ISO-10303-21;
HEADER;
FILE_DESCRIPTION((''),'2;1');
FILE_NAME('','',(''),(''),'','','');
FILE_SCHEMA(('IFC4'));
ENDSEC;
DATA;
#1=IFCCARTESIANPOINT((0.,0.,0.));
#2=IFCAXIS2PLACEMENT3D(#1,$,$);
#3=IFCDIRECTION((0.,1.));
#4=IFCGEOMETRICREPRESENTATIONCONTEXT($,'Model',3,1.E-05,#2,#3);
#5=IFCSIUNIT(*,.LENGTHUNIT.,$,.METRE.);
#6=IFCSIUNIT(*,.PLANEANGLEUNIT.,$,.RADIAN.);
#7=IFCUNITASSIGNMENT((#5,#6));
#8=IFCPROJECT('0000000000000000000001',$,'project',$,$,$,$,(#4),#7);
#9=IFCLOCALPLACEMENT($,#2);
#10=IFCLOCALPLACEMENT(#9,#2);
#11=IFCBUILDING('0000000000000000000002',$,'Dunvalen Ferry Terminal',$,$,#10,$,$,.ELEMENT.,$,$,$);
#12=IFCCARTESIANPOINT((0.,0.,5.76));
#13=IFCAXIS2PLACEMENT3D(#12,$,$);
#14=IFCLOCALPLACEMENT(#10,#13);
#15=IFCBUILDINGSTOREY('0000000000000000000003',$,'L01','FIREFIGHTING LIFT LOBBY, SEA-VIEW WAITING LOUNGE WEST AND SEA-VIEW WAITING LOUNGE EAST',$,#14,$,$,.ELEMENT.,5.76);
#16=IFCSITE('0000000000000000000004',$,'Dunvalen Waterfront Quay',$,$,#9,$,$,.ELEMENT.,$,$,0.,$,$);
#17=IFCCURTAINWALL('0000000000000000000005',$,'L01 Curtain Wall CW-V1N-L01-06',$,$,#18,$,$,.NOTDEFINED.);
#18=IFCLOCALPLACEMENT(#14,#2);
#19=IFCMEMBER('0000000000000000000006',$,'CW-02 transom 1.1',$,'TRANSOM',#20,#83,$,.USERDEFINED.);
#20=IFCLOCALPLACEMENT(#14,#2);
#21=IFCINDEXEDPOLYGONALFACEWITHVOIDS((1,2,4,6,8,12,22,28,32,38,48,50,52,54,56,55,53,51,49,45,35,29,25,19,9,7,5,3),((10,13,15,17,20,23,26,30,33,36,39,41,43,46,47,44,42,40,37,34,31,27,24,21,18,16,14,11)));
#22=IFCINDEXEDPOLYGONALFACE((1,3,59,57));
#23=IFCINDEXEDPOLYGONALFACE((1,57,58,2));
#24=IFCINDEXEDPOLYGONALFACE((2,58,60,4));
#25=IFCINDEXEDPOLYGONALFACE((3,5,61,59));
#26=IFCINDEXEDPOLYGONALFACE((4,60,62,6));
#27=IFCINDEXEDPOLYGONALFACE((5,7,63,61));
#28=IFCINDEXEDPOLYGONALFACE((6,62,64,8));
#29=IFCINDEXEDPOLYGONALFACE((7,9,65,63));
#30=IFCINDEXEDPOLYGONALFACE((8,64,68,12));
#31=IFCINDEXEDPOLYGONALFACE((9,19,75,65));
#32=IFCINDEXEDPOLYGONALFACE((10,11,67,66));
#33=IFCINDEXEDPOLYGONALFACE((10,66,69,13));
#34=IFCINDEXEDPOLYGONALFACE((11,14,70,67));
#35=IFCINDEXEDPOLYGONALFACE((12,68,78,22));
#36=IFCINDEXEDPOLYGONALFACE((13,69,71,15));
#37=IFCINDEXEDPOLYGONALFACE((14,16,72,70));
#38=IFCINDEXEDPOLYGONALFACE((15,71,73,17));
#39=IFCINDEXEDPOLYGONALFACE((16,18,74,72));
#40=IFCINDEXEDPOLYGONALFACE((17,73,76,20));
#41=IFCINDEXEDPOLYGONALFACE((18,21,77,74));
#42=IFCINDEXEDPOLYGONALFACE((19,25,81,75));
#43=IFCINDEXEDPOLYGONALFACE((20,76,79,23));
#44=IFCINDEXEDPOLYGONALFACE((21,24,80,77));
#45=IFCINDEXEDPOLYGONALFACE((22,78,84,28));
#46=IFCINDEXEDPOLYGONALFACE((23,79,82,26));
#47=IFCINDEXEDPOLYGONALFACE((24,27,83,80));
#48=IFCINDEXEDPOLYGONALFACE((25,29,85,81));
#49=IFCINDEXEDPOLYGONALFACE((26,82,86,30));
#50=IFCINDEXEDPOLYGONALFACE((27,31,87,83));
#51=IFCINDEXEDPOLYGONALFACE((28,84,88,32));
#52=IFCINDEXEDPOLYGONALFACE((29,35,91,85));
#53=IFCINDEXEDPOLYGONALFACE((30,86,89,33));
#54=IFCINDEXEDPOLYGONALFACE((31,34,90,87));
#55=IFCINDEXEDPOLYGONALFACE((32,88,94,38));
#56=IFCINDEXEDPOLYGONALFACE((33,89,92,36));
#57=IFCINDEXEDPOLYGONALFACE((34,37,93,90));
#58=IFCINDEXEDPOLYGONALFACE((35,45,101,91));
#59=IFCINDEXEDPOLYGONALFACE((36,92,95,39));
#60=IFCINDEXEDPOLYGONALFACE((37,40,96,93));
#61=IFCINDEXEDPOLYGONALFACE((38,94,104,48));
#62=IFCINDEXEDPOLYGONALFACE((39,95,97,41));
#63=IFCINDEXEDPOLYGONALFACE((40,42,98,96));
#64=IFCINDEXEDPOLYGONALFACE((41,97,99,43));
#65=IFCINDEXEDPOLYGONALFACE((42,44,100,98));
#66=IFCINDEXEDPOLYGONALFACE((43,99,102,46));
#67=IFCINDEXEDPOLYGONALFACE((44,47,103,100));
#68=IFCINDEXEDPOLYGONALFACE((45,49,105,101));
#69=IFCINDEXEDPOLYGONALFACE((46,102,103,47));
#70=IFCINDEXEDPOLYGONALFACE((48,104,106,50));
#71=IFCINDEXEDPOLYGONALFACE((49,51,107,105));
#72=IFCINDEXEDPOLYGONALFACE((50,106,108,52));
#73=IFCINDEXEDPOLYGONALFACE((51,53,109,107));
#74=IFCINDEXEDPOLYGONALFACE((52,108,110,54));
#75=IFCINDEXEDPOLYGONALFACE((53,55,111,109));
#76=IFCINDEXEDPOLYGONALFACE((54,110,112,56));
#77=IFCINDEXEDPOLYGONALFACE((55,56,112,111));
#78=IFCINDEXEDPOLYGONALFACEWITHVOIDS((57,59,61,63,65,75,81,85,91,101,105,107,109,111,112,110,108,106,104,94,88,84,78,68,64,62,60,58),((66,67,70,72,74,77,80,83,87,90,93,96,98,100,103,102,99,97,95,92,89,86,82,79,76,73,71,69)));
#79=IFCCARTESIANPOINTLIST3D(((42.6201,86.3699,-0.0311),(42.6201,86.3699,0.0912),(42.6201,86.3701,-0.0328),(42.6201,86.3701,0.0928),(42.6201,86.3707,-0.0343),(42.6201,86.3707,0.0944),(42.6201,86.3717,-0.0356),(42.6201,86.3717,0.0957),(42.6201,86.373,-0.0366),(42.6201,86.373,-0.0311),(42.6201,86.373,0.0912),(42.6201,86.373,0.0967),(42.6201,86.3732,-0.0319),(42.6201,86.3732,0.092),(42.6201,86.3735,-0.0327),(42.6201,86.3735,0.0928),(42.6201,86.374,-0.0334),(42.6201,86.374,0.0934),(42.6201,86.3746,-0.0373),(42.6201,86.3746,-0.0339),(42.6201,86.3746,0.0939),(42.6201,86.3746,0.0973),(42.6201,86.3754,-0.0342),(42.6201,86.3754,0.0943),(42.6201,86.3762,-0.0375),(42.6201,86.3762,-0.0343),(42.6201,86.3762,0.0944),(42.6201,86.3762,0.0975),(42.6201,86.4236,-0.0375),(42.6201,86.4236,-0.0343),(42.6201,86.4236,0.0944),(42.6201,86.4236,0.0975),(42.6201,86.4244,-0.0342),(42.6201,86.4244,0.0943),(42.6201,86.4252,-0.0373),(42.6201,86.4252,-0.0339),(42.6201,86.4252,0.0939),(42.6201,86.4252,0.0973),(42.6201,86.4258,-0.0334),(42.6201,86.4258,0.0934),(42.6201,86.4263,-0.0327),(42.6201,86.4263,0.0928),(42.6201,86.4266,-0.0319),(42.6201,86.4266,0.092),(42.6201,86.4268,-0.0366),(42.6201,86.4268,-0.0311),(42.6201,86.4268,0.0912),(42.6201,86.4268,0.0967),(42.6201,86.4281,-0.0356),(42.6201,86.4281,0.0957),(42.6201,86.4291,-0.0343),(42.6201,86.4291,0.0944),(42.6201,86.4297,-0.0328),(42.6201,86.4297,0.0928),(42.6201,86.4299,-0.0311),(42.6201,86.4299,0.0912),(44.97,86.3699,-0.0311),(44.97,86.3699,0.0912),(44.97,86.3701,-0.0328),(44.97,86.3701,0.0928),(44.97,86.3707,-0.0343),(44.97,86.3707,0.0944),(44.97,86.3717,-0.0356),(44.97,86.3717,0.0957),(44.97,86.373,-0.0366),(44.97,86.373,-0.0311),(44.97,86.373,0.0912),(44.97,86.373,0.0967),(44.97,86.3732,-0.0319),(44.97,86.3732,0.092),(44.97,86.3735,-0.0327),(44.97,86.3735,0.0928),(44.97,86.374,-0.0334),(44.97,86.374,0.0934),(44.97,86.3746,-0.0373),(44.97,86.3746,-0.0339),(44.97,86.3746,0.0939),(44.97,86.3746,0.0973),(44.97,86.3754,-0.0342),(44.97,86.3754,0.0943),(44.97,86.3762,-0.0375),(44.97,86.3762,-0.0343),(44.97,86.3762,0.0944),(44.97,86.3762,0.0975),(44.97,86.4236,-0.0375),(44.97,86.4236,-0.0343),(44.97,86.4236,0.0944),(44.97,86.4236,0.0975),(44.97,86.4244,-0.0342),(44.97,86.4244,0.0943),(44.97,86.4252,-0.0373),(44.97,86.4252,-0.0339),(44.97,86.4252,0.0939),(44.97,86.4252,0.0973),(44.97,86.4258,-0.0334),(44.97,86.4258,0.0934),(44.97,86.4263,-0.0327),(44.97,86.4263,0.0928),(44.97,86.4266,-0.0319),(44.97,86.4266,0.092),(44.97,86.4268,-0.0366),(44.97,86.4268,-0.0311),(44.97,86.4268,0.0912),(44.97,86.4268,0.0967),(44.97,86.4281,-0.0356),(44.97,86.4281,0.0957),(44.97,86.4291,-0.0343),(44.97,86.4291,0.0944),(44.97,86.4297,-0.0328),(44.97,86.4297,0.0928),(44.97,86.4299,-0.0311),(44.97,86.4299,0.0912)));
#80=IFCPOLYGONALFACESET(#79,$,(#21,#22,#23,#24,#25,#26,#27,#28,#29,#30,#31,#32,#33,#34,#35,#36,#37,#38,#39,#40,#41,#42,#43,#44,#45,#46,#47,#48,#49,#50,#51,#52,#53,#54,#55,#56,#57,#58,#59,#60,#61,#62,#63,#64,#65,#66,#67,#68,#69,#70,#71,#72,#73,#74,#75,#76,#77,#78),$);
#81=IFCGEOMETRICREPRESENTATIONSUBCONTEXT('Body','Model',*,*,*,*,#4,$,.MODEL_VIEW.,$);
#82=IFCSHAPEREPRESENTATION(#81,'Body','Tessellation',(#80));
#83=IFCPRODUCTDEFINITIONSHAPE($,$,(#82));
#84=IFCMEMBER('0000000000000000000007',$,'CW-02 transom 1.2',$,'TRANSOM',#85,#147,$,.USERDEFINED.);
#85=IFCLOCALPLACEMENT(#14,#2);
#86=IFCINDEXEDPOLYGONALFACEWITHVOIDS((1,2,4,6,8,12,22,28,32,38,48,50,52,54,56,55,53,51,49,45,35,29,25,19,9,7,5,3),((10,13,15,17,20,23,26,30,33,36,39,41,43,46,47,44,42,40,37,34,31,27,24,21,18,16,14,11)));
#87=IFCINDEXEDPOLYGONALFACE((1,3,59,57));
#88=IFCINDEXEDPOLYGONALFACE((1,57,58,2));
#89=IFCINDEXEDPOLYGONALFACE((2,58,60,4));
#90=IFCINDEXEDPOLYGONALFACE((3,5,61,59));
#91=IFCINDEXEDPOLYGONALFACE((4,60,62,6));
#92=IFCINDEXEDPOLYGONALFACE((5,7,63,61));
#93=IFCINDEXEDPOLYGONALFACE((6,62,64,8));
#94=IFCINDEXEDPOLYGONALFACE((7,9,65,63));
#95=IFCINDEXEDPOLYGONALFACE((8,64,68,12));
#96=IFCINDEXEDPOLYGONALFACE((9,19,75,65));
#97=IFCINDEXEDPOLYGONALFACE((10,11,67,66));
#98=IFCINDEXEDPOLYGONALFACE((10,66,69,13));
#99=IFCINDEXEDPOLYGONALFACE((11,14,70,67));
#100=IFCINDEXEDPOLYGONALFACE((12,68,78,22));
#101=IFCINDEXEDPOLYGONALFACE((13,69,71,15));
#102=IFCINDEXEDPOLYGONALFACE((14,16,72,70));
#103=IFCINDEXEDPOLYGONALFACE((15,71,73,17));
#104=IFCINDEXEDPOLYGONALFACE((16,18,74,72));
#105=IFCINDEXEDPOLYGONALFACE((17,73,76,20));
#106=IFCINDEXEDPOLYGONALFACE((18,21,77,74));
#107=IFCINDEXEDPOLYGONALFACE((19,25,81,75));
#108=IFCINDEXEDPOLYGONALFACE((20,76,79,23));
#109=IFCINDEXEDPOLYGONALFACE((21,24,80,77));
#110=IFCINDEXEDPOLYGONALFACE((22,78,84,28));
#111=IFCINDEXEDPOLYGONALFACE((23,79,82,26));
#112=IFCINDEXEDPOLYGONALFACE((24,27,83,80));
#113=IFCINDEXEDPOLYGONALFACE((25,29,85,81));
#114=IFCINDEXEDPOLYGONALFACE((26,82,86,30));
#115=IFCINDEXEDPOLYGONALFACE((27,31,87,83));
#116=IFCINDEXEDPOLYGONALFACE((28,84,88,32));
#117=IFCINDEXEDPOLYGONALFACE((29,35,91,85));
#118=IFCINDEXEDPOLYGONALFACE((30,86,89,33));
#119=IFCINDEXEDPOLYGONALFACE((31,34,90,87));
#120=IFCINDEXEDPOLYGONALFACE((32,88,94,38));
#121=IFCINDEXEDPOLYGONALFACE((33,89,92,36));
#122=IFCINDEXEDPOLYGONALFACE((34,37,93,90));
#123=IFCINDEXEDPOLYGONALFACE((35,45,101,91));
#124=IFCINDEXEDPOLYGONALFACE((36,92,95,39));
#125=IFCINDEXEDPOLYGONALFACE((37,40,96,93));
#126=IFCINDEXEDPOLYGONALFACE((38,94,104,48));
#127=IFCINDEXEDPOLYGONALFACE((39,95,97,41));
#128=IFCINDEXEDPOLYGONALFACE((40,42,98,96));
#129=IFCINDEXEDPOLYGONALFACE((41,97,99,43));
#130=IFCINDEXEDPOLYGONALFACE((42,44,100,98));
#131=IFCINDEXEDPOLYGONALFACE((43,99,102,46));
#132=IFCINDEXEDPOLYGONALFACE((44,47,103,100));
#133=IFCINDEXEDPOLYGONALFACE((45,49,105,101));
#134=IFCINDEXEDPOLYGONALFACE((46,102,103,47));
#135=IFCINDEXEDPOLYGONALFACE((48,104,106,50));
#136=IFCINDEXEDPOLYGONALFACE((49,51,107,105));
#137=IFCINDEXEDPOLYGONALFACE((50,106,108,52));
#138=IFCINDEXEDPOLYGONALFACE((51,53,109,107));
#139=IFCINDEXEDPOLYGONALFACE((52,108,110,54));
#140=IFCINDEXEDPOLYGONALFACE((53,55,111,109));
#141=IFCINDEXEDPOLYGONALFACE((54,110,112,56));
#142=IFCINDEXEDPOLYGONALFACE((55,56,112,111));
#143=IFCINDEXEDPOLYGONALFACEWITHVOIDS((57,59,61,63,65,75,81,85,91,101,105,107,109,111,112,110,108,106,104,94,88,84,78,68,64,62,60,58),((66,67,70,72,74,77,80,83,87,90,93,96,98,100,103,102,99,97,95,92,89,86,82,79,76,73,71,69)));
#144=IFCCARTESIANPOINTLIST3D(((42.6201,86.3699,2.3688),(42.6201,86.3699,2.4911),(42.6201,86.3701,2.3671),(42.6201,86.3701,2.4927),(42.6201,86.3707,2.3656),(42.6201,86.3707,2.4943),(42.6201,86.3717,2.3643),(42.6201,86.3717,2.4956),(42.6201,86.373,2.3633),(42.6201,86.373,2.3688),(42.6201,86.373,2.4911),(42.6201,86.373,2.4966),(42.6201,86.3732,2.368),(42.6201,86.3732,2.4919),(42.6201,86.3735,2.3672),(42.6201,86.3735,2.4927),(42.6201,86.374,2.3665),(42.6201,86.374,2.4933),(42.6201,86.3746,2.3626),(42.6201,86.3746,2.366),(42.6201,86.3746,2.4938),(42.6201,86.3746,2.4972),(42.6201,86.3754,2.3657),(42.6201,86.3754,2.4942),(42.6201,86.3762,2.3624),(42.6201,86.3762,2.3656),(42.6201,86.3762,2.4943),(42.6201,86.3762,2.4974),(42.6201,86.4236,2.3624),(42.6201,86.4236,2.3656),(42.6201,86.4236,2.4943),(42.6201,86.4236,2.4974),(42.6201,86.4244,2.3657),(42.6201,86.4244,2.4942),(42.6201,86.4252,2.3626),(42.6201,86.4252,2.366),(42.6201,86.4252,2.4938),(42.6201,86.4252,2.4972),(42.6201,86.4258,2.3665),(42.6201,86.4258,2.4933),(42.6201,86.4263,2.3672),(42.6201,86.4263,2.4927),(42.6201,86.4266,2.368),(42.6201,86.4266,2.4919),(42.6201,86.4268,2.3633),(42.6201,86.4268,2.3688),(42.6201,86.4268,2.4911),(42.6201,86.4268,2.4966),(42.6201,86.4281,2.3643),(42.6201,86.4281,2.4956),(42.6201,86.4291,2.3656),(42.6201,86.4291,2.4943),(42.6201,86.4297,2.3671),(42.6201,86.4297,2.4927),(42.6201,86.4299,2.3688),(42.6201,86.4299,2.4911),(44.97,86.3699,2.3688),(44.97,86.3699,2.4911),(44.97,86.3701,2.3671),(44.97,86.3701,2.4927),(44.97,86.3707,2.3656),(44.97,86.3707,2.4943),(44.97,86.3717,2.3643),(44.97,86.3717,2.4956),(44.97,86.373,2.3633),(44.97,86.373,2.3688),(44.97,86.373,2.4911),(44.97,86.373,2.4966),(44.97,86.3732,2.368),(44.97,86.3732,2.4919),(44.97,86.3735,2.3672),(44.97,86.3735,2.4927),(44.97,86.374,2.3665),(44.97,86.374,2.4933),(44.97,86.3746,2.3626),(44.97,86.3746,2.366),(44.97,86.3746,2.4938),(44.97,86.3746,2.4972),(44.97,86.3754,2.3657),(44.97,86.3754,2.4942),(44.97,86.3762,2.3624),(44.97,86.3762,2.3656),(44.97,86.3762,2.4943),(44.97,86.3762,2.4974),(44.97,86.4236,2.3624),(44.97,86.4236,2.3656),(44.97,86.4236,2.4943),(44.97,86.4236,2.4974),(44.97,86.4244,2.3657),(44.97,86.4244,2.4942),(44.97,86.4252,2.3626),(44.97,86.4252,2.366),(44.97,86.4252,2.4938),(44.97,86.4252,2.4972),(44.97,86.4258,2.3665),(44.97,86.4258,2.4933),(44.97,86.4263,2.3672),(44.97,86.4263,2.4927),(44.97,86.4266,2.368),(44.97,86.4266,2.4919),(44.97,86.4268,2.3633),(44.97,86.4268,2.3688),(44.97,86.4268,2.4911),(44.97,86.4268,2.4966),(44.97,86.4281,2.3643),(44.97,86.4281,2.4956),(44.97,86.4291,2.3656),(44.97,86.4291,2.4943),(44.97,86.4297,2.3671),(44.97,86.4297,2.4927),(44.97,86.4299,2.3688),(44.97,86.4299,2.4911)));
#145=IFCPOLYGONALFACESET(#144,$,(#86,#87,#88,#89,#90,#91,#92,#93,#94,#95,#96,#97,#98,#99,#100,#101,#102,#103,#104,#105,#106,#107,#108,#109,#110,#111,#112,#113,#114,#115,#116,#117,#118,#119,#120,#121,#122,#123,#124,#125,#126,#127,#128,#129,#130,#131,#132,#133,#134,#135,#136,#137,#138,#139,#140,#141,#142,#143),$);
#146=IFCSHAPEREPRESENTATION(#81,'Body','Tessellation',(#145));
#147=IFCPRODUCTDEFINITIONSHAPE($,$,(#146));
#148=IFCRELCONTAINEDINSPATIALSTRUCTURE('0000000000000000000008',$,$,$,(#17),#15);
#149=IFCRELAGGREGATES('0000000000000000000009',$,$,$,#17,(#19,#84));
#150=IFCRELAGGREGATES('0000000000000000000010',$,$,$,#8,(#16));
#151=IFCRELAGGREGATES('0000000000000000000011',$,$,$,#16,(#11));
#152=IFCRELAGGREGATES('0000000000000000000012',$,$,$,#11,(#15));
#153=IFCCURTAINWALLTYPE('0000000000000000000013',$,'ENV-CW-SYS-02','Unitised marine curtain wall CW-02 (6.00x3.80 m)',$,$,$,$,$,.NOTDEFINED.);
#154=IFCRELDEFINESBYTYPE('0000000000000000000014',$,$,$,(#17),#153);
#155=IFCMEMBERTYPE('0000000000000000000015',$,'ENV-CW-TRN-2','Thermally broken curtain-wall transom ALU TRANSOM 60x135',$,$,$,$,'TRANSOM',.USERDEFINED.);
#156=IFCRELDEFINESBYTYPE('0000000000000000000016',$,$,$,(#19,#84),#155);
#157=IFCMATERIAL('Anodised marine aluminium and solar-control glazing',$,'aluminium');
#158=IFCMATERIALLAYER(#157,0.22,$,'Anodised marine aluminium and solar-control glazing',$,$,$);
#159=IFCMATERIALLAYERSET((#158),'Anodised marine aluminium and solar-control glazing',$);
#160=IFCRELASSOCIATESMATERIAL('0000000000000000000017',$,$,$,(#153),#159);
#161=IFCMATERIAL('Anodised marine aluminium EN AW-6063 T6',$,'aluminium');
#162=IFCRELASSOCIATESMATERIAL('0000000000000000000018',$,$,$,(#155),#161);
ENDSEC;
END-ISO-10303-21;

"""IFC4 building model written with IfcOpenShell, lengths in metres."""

from ifc_helpers import new_model, si_unit, direction, frame, origin, origin_2d, place, context, subcontext, project, spatial, hollow_rectangle, extrude, material, layer, layer_set, material_profile, profile_set, type_object, element, aggregate, save


model = new_model("IFC4")

# Units and contexts
model_context = context("Model", 3, precision=1e-05, world=origin(), true_north=direction((0.0, 1.0)))
body_context = subcontext(model_context, "Body", "Model", "MODEL_VIEW")
ifc_project = project(units=[si_unit("LENGTHUNIT", "METRE"), si_unit("PLANEANGLEUNIT", "RADIAN")], contexts=[model_context])

# Site, building, storey
site_placement = place(None, origin())
site = spatial("IfcSite", under=ifc_project, at=site_placement, Name="Dunvalen Waterfront Quay", CompositionType="ELEMENT", RefElevation=0.0)
building_placement = place(site_placement, origin())
building = spatial("IfcBuilding", under=site, at=building_placement, Name="Dunvalen Ferry Terminal", CompositionType="ELEMENT")
storey_placement = place(building_placement, frame((0.0, 0.0, 5.76)))
storey = spatial("IfcBuildingStorey", under=building, at=storey_placement, Name="L01", Description="FIREFIGHTING LIFT LOBBY, SEA-VIEW WAITING LOUNGE WEST AND SEA-VIEW WAITING LOUNGE EAST", CompositionType="ELEMENT", Elevation=5.76)

# Curtain wall, members
ifc_material_1 = material(Name="Anodised marine aluminium and solar-control glazing", Category="aluminium")
ifc_layer_1 = layer(ifc_material_1, 0.22, Name="Anodised marine aluminium and solar-control glazing")
ifc_layer_set_1 = layer_set([ifc_layer_1], Name="Anodised marine aluminium and solar-control glazing")
curtain_wall_type = type_object("IfcCurtainWallType", Name="ENV-CW-SYS-02", Description="Unitised marine curtain wall CW-02 (6.00x3.80 m)", PredefinedType="NOTDEFINED", material=ifc_layer_set_1)
curtain_wall_placement = place(storey_placement, origin())
curtain_wall = element("IfcCurtainWall", 1, at=curtain_wall_placement, inside=storey, type_object=curtain_wall_type, Name="L01 Curtain Wall CW-V1N-L01-06", PredefinedType="NOTDEFINED")
ifc_material_2 = material(Name="Anodised marine aluminium EN AW-6063 T6", Category="aluminium")
ifc_material_profile_1 = material_profile(ifc_material_2, hollow_rectangle(XDim=0.0601, YDim=0.135, WallThickness=0.0032, InnerFilletRadius=0.0032, OuterFilletRadius=0.0063, at=origin_2d()), Name="Anodised marine aluminium EN AW-6063 T6")
ifc_profile_set_1 = profile_set([ifc_material_profile_1], Name="Anodised marine aluminium EN AW-6063 T6")
member_type_1 = type_object("IfcMemberType", Name="ENV-CW-TRN-2", Description="Thermally broken curtain-wall transom ALU TRANSOM 60x135", ElementType="TRANSOM", PredefinedType="USERDEFINED", material=ifc_profile_set_1)
member_1_placement = place(storey_placement, frame((42.6201, 86.3999, 0.03), z_axis=(1.0, 0.0, 0.0), x_axis=(0.0, 1.0, 0.0)))
member_1 = element("IfcMember", 2, at=member_1_placement, type_object=member_type_1, Name="CW-02 transom 1.1", ObjectType="TRANSOM", PredefinedType="USERDEFINED", context=body_context, shape_type="SweptSolid", body=[
    extrude(hollow_rectangle(XDim=0.0601, YDim=0.135, WallThickness=0.0032, InnerFilletRadius=0.0032, OuterFilletRadius=0.0063, at=origin_2d()), origin(), (0.0, 0.0, 1.0), 2.3499),
])
member_2_placement = place(storey_placement, frame((42.6201, 86.3999, 2.4299), z_axis=(1.0, 0.0, 0.0), x_axis=(0.0, 1.0, 0.0)))
member_2 = element("IfcMember", 3, at=member_2_placement, type_object=member_type_1, Name="CW-02 transom 1.2", ObjectType="TRANSOM", PredefinedType="USERDEFINED", context=body_context, shape_type="SweptSolid", body=[
    extrude(hollow_rectangle(XDim=0.0601, YDim=0.135, WallThickness=0.0032, InnerFilletRadius=0.0032, OuterFilletRadius=0.0063, at=origin_2d()), origin(), (0.0, 0.0, 1.0), 2.3499),
])

aggregate(curtain_wall, [member_1, member_2])

save(model, "model.ifc")
